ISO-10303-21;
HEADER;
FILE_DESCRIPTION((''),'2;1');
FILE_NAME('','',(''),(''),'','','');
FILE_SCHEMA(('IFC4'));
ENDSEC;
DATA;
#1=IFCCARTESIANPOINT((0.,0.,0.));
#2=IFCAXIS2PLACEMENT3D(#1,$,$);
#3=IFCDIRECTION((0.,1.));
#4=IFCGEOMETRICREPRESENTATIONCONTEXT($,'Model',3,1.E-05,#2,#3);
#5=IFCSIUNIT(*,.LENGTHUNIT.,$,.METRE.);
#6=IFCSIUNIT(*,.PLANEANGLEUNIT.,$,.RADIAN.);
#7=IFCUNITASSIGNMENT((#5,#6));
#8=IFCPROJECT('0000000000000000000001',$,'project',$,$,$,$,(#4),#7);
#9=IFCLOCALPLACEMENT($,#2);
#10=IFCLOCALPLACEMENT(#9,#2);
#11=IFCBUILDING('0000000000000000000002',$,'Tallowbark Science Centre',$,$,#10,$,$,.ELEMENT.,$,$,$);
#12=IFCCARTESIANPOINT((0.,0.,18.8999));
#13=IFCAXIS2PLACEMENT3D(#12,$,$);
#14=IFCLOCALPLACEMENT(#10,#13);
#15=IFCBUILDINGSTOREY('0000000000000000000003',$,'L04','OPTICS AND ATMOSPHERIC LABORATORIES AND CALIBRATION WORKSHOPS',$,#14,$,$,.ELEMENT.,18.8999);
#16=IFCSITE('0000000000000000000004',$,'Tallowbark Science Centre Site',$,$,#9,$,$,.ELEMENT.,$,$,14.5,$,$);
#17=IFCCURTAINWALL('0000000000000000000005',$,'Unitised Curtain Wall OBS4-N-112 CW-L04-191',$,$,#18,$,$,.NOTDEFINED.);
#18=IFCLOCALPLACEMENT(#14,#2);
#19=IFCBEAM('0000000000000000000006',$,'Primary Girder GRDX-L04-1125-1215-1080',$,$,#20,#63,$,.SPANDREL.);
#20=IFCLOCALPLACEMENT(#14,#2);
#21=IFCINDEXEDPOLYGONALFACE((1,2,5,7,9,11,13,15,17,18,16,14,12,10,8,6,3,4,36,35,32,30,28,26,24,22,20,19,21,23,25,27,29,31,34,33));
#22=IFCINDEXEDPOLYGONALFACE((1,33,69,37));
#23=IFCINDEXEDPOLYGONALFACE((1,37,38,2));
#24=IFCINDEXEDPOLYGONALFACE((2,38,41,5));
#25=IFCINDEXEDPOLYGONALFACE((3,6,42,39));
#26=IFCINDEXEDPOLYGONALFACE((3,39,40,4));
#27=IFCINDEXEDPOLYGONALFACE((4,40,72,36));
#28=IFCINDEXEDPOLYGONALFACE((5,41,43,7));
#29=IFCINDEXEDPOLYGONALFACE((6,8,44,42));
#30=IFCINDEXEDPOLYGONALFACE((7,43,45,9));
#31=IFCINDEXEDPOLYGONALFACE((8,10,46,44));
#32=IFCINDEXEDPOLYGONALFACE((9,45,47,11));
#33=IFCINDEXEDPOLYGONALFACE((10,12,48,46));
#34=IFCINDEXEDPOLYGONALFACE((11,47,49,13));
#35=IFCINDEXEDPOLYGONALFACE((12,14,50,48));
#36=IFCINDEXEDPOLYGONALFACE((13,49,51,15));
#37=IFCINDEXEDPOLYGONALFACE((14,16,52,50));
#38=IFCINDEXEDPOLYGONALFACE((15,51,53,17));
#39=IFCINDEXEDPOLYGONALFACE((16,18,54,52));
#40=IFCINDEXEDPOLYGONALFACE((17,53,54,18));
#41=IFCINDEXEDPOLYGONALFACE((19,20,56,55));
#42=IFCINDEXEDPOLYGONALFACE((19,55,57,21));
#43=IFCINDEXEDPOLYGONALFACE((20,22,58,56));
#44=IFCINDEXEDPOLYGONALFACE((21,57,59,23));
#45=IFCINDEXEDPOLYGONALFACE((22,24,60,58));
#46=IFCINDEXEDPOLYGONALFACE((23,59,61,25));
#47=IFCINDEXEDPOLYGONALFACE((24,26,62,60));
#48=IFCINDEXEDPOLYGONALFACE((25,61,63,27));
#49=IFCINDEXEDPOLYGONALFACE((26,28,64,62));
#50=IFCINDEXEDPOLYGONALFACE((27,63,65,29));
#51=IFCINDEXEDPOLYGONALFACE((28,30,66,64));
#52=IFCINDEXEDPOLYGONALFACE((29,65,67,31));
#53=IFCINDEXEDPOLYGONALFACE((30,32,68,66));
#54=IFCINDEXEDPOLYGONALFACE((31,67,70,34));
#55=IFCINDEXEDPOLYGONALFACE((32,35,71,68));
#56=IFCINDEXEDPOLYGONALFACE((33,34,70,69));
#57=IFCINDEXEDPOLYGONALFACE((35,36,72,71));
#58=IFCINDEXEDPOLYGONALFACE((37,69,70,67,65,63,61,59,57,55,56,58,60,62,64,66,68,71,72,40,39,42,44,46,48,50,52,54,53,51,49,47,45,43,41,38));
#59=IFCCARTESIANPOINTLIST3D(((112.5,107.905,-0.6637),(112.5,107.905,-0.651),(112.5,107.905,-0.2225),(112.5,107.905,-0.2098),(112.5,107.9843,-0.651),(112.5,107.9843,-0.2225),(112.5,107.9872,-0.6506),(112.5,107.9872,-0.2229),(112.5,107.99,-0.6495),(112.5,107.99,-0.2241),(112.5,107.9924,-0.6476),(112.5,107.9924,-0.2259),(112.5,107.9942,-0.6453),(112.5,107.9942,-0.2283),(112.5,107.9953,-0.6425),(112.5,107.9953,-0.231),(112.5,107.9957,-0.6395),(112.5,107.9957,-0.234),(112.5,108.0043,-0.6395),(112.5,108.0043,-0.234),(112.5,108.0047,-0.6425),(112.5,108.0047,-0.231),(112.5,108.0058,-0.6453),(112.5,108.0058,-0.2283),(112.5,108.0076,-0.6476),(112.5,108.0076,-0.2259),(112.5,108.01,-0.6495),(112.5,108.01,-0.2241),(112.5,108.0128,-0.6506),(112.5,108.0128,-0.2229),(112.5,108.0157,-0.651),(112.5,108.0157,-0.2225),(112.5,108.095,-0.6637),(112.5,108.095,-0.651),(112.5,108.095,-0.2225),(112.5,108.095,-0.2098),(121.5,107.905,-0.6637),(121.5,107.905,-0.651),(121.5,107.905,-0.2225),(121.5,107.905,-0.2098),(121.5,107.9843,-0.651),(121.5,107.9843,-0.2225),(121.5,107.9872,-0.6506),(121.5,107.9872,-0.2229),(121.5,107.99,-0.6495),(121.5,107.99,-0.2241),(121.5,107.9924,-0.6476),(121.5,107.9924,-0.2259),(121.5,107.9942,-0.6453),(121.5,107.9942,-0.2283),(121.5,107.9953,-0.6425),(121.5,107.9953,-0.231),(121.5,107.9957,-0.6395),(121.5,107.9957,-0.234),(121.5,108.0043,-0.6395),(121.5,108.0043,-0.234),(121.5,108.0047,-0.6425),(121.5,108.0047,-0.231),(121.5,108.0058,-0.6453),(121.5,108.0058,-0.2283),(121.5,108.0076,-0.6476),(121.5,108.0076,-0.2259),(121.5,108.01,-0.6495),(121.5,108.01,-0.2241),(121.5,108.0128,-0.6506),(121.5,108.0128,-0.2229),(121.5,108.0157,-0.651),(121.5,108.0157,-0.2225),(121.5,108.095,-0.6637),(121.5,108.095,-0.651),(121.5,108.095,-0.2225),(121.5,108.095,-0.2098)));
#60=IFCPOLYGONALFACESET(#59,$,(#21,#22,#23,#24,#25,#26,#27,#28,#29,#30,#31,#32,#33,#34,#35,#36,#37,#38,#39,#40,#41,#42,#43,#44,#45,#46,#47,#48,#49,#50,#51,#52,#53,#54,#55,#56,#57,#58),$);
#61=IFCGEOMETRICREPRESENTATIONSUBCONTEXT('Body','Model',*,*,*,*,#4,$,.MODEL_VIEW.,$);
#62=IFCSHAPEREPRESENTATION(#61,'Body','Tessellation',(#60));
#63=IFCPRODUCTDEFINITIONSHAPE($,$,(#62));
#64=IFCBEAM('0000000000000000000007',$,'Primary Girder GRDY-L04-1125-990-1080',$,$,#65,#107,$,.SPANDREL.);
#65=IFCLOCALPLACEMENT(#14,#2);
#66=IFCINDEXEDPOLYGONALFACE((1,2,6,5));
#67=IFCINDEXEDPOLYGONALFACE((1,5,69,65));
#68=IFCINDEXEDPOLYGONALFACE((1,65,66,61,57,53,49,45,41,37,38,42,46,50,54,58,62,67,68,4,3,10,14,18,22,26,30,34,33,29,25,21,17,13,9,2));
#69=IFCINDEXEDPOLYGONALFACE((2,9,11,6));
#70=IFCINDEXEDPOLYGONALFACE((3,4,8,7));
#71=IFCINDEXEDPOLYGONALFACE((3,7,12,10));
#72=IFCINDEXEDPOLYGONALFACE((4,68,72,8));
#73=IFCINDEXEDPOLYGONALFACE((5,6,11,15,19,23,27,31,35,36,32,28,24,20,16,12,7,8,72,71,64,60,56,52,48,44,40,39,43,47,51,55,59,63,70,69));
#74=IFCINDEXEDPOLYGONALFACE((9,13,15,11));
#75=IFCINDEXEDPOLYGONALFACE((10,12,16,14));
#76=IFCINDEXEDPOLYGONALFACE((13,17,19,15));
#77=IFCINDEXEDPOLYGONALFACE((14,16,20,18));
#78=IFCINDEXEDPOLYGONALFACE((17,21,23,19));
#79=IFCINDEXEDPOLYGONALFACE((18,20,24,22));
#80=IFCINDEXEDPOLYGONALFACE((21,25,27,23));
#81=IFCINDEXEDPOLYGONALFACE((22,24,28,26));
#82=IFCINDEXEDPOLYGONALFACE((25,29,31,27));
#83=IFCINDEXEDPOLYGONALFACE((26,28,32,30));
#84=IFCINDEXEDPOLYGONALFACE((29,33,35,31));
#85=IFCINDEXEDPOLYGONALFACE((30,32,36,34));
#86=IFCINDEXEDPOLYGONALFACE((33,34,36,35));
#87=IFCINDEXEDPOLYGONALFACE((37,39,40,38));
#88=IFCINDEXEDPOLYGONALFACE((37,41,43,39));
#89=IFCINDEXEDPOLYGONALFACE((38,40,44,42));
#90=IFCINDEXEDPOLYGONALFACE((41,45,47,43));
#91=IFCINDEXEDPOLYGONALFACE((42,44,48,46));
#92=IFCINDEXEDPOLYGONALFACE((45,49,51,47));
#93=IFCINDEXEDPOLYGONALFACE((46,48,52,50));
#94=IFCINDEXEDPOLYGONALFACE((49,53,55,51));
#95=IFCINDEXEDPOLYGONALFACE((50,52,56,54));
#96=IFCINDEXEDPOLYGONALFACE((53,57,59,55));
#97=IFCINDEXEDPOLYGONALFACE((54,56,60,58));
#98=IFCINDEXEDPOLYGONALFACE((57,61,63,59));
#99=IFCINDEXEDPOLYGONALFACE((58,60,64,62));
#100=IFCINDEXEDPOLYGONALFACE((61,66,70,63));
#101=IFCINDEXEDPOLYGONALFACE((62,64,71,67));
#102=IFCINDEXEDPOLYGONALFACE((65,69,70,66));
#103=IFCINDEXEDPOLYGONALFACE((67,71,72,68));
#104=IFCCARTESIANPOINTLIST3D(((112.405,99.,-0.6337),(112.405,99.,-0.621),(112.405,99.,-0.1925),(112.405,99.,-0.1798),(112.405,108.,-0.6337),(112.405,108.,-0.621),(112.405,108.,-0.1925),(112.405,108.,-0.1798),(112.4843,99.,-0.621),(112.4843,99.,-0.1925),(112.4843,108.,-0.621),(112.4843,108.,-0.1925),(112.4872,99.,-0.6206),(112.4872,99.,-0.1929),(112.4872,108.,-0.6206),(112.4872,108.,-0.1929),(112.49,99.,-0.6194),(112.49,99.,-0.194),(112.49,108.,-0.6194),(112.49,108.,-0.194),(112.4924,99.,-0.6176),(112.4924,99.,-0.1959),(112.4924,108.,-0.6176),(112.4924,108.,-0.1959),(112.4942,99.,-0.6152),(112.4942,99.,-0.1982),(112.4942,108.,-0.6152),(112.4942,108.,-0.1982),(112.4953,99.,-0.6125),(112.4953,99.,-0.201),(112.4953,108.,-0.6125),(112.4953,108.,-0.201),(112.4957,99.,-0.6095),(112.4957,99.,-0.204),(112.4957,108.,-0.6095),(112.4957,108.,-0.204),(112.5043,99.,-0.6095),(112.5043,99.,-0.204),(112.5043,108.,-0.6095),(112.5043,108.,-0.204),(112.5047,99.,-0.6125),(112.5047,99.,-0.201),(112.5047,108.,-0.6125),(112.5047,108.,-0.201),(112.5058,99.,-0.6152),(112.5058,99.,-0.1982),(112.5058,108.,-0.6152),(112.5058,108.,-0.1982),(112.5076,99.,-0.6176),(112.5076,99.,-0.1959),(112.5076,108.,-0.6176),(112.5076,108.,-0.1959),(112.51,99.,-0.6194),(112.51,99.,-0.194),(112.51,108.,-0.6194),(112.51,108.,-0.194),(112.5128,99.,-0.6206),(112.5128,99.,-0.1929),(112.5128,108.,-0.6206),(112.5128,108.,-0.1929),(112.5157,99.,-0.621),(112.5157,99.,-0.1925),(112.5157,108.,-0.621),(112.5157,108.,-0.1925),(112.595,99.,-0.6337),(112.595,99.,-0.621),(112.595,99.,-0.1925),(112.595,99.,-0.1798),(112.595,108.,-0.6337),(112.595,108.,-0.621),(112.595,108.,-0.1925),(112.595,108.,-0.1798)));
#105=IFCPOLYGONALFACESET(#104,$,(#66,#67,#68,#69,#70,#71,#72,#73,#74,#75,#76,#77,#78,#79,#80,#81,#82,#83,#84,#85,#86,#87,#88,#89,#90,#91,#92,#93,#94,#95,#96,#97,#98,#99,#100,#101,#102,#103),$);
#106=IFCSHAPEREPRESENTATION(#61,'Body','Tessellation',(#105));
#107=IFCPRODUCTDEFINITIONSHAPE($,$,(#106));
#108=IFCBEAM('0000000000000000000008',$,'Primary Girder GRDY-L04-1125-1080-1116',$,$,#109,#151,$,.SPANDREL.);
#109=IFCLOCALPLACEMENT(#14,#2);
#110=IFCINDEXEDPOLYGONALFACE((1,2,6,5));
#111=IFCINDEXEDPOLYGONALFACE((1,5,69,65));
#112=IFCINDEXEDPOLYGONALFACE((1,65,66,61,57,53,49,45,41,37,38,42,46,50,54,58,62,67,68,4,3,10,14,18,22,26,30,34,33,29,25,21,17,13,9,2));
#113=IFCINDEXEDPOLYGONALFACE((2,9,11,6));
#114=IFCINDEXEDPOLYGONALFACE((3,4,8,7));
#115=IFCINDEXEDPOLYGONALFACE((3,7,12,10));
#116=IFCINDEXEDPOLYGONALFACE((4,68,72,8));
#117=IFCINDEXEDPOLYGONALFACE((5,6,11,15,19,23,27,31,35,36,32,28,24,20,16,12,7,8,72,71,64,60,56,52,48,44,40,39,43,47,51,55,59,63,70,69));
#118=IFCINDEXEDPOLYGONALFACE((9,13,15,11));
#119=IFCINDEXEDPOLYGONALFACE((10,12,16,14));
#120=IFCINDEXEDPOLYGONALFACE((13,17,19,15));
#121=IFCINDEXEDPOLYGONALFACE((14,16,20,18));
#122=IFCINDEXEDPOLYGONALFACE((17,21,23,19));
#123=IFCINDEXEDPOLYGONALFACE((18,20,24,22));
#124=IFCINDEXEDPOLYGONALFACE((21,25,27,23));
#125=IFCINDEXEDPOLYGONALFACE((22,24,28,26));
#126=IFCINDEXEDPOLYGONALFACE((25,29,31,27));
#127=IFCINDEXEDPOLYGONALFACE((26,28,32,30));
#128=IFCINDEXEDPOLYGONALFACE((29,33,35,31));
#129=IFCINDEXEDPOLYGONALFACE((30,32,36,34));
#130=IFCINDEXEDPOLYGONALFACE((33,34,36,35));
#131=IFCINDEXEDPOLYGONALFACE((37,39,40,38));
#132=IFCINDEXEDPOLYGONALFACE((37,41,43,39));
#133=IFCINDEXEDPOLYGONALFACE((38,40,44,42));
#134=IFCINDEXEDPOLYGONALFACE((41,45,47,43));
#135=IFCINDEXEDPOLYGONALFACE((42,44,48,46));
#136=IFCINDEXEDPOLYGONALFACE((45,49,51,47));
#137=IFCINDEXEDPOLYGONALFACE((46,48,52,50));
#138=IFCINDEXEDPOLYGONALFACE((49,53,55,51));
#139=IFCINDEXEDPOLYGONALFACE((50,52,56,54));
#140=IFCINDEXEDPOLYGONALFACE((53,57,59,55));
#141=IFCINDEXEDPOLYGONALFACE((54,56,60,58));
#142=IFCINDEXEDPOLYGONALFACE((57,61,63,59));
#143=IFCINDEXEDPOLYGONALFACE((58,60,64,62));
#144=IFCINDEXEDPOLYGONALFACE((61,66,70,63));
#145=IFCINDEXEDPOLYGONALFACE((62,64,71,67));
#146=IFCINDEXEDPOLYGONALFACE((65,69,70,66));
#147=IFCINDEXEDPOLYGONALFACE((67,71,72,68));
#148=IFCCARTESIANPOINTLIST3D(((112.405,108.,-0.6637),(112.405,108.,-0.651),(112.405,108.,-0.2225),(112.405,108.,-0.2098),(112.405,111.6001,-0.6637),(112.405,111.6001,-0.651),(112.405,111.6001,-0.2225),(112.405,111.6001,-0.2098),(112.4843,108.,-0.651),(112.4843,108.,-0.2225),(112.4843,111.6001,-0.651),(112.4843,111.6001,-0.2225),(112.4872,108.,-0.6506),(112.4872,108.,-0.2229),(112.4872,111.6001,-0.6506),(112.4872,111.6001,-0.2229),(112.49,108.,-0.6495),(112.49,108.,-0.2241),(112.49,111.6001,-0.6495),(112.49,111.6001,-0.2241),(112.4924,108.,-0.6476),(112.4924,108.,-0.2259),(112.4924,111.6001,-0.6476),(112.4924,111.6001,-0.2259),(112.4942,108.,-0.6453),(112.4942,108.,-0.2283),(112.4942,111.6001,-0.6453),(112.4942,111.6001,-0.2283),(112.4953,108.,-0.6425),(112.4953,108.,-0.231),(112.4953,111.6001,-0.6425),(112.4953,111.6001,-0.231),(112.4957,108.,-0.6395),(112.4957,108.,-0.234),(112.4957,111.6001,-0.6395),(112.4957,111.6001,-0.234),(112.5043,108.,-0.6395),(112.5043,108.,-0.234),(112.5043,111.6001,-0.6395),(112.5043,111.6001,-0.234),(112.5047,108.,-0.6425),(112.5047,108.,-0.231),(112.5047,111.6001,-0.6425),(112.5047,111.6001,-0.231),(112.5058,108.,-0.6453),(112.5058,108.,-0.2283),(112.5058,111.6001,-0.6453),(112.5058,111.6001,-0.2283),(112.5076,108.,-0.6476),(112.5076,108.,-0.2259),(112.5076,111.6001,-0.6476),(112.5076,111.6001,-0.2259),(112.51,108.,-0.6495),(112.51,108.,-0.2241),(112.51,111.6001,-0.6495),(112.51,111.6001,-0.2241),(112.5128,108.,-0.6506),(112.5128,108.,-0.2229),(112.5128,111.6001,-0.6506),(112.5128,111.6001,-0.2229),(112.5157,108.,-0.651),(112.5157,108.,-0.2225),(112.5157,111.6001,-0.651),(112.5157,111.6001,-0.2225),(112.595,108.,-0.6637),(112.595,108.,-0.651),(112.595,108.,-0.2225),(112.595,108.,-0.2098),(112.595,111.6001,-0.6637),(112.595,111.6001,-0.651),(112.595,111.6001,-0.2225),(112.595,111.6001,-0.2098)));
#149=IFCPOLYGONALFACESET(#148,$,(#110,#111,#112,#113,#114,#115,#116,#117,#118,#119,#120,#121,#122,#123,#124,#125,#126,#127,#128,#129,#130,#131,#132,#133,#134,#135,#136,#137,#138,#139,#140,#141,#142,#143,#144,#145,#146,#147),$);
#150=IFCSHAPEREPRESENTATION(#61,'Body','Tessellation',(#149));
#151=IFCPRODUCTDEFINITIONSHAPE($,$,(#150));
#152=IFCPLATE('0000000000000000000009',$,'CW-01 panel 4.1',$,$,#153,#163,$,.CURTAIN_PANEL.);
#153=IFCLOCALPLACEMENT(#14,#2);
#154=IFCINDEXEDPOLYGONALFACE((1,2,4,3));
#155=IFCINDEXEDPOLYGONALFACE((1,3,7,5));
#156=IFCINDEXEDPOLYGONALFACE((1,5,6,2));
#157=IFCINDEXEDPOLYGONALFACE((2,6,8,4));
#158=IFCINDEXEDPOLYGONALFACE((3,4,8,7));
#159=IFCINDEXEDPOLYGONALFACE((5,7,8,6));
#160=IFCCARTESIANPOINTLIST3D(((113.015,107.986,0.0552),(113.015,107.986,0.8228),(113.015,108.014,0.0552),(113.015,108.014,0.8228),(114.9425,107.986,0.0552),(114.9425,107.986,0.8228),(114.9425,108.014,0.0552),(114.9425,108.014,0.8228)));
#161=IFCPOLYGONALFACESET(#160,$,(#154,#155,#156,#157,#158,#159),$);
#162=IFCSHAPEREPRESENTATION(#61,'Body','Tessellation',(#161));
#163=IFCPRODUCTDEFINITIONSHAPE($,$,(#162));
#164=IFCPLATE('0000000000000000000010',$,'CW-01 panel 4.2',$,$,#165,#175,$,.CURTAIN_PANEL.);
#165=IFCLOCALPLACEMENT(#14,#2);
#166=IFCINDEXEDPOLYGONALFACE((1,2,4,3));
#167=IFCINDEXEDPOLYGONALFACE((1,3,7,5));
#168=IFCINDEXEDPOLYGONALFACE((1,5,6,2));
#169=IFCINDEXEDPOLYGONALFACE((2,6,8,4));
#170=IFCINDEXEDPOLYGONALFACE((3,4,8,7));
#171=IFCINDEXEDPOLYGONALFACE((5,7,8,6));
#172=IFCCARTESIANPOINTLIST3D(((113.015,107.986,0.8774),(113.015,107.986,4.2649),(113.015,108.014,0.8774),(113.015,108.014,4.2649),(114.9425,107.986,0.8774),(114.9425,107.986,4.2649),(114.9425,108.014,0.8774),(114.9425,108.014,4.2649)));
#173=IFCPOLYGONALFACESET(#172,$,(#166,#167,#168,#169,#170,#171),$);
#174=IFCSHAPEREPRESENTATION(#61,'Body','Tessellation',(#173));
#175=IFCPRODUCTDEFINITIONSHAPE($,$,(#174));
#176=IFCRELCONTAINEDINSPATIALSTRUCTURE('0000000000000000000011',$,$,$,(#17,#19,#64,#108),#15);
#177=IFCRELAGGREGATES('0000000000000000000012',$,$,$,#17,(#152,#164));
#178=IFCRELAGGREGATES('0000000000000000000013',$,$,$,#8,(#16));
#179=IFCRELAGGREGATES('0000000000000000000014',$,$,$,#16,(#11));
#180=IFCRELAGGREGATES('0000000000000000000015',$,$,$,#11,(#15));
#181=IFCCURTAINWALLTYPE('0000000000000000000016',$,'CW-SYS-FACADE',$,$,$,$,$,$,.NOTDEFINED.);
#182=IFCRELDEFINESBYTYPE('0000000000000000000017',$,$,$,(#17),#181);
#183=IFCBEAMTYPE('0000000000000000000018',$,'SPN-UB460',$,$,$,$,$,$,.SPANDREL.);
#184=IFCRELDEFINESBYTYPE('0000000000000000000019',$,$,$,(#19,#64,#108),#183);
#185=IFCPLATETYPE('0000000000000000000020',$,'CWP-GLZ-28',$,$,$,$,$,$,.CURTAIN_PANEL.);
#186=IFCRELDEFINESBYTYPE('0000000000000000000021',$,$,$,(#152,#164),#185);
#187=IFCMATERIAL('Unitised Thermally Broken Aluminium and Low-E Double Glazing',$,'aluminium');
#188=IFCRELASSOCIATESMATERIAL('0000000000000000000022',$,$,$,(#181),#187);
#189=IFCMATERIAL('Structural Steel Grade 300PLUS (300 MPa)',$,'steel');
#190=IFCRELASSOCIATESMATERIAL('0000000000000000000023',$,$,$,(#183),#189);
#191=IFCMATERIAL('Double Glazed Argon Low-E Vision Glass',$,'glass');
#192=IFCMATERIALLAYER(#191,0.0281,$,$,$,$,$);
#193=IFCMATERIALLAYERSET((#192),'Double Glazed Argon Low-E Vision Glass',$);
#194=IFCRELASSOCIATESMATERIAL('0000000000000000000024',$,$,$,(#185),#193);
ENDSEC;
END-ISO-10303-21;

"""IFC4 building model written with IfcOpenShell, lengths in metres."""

from ifc_helpers import new_model, si_unit, direction, frame, origin, origin_2d, place, context, subcontext, project, spatial, rectangle, i_section, extrude, material, layer, layer_set, material_profile, profile_set, type_object, element, aggregate, save


model = new_model("IFC4")

# Units and contexts
model_context = context("Model", 3, precision=1e-05, world=origin(), true_north=direction((0.0, 1.0)))
body_context = subcontext(model_context, "Body", "Model", "MODEL_VIEW")
ifc_project = project(units=[si_unit("LENGTHUNIT", "METRE"), si_unit("PLANEANGLEUNIT", "RADIAN")], contexts=[model_context])

# Site, building, storey
site_placement = place(None, origin())
site = spatial("IfcSite", under=ifc_project, at=site_placement, Name="Tallowbark Science Centre Site", CompositionType="ELEMENT", RefElevation=14.5)
building_placement = place(site_placement, origin())
building = spatial("IfcBuilding", under=site, at=building_placement, Name="Tallowbark Science Centre", CompositionType="ELEMENT")
storey_placement = place(building_placement, frame((0.0, 0.0, 18.8999)))
storey = spatial("IfcBuildingStorey", under=building, at=storey_placement, Name="L04", Description="OPTICS AND ATMOSPHERIC LABORATORIES AND CALIBRATION WORKSHOPS", CompositionType="ELEMENT", Elevation=18.8999)

# Shared definitions
ifc_material_1 = material(Name="Structural Steel Grade 300PLUS (300 MPa)", Category="steel")

# Curtain wall
ifc_material_2 = material(Name="Unitised Thermally Broken Aluminium and Low-E Double Glazing", Category="aluminium")
curtain_wall_type = type_object("IfcCurtainWallType", Name="CW-SYS-FACADE", PredefinedType="NOTDEFINED", material=ifc_material_2)
curtain_wall_placement = place(storey_placement, origin())
curtain_wall = element("IfcCurtainWall", 1, at=curtain_wall_placement, inside=storey, type_object=curtain_wall_type, Name="Unitised Curtain Wall OBS4-N-112 CW-L04-191", PredefinedType="NOTDEFINED")

# Beams
ifc_material_profile_1 = material_profile(ifc_material_1, i_section(OverallWidth=0.1899, OverallDepth=0.4539, WebThickness=0.0085, FlangeThickness=0.0127, FilletRadius=0.0115, at=origin_2d()), Name="460UB67.1")
ifc_profile_set_1 = profile_set([ifc_material_profile_1], Name="Structural Steel Grade 300PLUS (300 MPa)")
beam_type_1 = type_object("IfcBeamType", Name="SPN-UB460", PredefinedType="SPANDREL", material=ifc_profile_set_1)
for number, where, z_axis, x_axis, name in (
    (2, (112.5, 108.0, -0.4368), (1.0, 0.0, 0.0), (0.0, 1.0, 0.0), "Primary Girder GRDX-L04-1125-1215-1080"),
    (3, (112.5, 99.0, -0.4067), (0.0, 1.0, 0.0), (-1.0, 0.0, 0.0), "Primary Girder GRDY-L04-1125-990-1080"),
):
    element("IfcBeam", number, at=place(storey_placement, frame(where, z_axis=z_axis, x_axis=x_axis)), inside=storey, type_object=beam_type_1, Name=name, PredefinedType="SPANDREL", context=body_context, shape_type="SweptSolid", body=[
        extrude(i_section(OverallWidth=0.1899, OverallDepth=0.4539, WebThickness=0.0085, FlangeThickness=0.0127, FilletRadius=0.0115, at=origin_2d()), origin(), (0.0, 0.0, 1.0), 9.0),
    ])
beam_1_placement = place(storey_placement, frame((112.5, 108.0, -0.4368), z_axis=(0.0, 1.0, 0.0), x_axis=(-1.0, 0.0, 0.0)))
element("IfcBeam", 4, at=beam_1_placement, inside=storey, type_object=beam_type_1, Name="Primary Girder GRDY-L04-1125-1080-1116", PredefinedType="SPANDREL", context=body_context, shape_type="SweptSolid", body=[
    extrude(i_section(OverallWidth=0.1899, OverallDepth=0.4539, WebThickness=0.0085, FlangeThickness=0.0127, FilletRadius=0.0115, at=origin_2d()), origin(), (0.0, 0.0, 1.0), 3.6001),
])

# Plates
ifc_material_3 = material(Name="Double Glazed Argon Low-E Vision Glass", Category="glass")
ifc_layer_1 = layer(ifc_material_3, 0.0281)
ifc_layer_set_1 = layer_set([ifc_layer_1], Name="Double Glazed Argon Low-E Vision Glass")
plate_type = type_object("IfcPlateType", Name="CWP-GLZ-28", PredefinedType="CURTAIN_PANEL", material=ifc_layer_set_1)
plate_1_placement = place(storey_placement, frame((113.9788, 108.0, 0.0552), z_axis=(0.0, 0.0, 1.0), x_axis=(-1.0, 0.0, 0.0)))
plate_1 = element("IfcPlate", 5, at=plate_1_placement, type_object=plate_type, Name="CW-01 panel 4.1", PredefinedType="CURTAIN_PANEL", context=body_context, shape_type="SweptSolid", body=[
    extrude(rectangle(XDim=1.9275, YDim=0.0281, at=origin_2d()), origin(), (0.0, 0.0, 1.0), 0.7676),
])
plate_2_placement = place(storey_placement, frame((113.9788, 108.0, 0.8774), z_axis=(0.0, 0.0, 1.0), x_axis=(-1.0, 0.0, 0.0)))
plate_2 = element("IfcPlate", 6, at=plate_2_placement, type_object=plate_type, Name="CW-01 panel 4.2", PredefinedType="CURTAIN_PANEL", context=body_context, shape_type="SweptSolid", body=[
    extrude(rectangle(XDim=1.9275, YDim=0.0281, at=origin_2d()), origin(), (0.0, 0.0, 1.0), 3.3875),
])
aggregate(curtain_wall, [plate_1, plate_2])

save(model, "model.ifc")
